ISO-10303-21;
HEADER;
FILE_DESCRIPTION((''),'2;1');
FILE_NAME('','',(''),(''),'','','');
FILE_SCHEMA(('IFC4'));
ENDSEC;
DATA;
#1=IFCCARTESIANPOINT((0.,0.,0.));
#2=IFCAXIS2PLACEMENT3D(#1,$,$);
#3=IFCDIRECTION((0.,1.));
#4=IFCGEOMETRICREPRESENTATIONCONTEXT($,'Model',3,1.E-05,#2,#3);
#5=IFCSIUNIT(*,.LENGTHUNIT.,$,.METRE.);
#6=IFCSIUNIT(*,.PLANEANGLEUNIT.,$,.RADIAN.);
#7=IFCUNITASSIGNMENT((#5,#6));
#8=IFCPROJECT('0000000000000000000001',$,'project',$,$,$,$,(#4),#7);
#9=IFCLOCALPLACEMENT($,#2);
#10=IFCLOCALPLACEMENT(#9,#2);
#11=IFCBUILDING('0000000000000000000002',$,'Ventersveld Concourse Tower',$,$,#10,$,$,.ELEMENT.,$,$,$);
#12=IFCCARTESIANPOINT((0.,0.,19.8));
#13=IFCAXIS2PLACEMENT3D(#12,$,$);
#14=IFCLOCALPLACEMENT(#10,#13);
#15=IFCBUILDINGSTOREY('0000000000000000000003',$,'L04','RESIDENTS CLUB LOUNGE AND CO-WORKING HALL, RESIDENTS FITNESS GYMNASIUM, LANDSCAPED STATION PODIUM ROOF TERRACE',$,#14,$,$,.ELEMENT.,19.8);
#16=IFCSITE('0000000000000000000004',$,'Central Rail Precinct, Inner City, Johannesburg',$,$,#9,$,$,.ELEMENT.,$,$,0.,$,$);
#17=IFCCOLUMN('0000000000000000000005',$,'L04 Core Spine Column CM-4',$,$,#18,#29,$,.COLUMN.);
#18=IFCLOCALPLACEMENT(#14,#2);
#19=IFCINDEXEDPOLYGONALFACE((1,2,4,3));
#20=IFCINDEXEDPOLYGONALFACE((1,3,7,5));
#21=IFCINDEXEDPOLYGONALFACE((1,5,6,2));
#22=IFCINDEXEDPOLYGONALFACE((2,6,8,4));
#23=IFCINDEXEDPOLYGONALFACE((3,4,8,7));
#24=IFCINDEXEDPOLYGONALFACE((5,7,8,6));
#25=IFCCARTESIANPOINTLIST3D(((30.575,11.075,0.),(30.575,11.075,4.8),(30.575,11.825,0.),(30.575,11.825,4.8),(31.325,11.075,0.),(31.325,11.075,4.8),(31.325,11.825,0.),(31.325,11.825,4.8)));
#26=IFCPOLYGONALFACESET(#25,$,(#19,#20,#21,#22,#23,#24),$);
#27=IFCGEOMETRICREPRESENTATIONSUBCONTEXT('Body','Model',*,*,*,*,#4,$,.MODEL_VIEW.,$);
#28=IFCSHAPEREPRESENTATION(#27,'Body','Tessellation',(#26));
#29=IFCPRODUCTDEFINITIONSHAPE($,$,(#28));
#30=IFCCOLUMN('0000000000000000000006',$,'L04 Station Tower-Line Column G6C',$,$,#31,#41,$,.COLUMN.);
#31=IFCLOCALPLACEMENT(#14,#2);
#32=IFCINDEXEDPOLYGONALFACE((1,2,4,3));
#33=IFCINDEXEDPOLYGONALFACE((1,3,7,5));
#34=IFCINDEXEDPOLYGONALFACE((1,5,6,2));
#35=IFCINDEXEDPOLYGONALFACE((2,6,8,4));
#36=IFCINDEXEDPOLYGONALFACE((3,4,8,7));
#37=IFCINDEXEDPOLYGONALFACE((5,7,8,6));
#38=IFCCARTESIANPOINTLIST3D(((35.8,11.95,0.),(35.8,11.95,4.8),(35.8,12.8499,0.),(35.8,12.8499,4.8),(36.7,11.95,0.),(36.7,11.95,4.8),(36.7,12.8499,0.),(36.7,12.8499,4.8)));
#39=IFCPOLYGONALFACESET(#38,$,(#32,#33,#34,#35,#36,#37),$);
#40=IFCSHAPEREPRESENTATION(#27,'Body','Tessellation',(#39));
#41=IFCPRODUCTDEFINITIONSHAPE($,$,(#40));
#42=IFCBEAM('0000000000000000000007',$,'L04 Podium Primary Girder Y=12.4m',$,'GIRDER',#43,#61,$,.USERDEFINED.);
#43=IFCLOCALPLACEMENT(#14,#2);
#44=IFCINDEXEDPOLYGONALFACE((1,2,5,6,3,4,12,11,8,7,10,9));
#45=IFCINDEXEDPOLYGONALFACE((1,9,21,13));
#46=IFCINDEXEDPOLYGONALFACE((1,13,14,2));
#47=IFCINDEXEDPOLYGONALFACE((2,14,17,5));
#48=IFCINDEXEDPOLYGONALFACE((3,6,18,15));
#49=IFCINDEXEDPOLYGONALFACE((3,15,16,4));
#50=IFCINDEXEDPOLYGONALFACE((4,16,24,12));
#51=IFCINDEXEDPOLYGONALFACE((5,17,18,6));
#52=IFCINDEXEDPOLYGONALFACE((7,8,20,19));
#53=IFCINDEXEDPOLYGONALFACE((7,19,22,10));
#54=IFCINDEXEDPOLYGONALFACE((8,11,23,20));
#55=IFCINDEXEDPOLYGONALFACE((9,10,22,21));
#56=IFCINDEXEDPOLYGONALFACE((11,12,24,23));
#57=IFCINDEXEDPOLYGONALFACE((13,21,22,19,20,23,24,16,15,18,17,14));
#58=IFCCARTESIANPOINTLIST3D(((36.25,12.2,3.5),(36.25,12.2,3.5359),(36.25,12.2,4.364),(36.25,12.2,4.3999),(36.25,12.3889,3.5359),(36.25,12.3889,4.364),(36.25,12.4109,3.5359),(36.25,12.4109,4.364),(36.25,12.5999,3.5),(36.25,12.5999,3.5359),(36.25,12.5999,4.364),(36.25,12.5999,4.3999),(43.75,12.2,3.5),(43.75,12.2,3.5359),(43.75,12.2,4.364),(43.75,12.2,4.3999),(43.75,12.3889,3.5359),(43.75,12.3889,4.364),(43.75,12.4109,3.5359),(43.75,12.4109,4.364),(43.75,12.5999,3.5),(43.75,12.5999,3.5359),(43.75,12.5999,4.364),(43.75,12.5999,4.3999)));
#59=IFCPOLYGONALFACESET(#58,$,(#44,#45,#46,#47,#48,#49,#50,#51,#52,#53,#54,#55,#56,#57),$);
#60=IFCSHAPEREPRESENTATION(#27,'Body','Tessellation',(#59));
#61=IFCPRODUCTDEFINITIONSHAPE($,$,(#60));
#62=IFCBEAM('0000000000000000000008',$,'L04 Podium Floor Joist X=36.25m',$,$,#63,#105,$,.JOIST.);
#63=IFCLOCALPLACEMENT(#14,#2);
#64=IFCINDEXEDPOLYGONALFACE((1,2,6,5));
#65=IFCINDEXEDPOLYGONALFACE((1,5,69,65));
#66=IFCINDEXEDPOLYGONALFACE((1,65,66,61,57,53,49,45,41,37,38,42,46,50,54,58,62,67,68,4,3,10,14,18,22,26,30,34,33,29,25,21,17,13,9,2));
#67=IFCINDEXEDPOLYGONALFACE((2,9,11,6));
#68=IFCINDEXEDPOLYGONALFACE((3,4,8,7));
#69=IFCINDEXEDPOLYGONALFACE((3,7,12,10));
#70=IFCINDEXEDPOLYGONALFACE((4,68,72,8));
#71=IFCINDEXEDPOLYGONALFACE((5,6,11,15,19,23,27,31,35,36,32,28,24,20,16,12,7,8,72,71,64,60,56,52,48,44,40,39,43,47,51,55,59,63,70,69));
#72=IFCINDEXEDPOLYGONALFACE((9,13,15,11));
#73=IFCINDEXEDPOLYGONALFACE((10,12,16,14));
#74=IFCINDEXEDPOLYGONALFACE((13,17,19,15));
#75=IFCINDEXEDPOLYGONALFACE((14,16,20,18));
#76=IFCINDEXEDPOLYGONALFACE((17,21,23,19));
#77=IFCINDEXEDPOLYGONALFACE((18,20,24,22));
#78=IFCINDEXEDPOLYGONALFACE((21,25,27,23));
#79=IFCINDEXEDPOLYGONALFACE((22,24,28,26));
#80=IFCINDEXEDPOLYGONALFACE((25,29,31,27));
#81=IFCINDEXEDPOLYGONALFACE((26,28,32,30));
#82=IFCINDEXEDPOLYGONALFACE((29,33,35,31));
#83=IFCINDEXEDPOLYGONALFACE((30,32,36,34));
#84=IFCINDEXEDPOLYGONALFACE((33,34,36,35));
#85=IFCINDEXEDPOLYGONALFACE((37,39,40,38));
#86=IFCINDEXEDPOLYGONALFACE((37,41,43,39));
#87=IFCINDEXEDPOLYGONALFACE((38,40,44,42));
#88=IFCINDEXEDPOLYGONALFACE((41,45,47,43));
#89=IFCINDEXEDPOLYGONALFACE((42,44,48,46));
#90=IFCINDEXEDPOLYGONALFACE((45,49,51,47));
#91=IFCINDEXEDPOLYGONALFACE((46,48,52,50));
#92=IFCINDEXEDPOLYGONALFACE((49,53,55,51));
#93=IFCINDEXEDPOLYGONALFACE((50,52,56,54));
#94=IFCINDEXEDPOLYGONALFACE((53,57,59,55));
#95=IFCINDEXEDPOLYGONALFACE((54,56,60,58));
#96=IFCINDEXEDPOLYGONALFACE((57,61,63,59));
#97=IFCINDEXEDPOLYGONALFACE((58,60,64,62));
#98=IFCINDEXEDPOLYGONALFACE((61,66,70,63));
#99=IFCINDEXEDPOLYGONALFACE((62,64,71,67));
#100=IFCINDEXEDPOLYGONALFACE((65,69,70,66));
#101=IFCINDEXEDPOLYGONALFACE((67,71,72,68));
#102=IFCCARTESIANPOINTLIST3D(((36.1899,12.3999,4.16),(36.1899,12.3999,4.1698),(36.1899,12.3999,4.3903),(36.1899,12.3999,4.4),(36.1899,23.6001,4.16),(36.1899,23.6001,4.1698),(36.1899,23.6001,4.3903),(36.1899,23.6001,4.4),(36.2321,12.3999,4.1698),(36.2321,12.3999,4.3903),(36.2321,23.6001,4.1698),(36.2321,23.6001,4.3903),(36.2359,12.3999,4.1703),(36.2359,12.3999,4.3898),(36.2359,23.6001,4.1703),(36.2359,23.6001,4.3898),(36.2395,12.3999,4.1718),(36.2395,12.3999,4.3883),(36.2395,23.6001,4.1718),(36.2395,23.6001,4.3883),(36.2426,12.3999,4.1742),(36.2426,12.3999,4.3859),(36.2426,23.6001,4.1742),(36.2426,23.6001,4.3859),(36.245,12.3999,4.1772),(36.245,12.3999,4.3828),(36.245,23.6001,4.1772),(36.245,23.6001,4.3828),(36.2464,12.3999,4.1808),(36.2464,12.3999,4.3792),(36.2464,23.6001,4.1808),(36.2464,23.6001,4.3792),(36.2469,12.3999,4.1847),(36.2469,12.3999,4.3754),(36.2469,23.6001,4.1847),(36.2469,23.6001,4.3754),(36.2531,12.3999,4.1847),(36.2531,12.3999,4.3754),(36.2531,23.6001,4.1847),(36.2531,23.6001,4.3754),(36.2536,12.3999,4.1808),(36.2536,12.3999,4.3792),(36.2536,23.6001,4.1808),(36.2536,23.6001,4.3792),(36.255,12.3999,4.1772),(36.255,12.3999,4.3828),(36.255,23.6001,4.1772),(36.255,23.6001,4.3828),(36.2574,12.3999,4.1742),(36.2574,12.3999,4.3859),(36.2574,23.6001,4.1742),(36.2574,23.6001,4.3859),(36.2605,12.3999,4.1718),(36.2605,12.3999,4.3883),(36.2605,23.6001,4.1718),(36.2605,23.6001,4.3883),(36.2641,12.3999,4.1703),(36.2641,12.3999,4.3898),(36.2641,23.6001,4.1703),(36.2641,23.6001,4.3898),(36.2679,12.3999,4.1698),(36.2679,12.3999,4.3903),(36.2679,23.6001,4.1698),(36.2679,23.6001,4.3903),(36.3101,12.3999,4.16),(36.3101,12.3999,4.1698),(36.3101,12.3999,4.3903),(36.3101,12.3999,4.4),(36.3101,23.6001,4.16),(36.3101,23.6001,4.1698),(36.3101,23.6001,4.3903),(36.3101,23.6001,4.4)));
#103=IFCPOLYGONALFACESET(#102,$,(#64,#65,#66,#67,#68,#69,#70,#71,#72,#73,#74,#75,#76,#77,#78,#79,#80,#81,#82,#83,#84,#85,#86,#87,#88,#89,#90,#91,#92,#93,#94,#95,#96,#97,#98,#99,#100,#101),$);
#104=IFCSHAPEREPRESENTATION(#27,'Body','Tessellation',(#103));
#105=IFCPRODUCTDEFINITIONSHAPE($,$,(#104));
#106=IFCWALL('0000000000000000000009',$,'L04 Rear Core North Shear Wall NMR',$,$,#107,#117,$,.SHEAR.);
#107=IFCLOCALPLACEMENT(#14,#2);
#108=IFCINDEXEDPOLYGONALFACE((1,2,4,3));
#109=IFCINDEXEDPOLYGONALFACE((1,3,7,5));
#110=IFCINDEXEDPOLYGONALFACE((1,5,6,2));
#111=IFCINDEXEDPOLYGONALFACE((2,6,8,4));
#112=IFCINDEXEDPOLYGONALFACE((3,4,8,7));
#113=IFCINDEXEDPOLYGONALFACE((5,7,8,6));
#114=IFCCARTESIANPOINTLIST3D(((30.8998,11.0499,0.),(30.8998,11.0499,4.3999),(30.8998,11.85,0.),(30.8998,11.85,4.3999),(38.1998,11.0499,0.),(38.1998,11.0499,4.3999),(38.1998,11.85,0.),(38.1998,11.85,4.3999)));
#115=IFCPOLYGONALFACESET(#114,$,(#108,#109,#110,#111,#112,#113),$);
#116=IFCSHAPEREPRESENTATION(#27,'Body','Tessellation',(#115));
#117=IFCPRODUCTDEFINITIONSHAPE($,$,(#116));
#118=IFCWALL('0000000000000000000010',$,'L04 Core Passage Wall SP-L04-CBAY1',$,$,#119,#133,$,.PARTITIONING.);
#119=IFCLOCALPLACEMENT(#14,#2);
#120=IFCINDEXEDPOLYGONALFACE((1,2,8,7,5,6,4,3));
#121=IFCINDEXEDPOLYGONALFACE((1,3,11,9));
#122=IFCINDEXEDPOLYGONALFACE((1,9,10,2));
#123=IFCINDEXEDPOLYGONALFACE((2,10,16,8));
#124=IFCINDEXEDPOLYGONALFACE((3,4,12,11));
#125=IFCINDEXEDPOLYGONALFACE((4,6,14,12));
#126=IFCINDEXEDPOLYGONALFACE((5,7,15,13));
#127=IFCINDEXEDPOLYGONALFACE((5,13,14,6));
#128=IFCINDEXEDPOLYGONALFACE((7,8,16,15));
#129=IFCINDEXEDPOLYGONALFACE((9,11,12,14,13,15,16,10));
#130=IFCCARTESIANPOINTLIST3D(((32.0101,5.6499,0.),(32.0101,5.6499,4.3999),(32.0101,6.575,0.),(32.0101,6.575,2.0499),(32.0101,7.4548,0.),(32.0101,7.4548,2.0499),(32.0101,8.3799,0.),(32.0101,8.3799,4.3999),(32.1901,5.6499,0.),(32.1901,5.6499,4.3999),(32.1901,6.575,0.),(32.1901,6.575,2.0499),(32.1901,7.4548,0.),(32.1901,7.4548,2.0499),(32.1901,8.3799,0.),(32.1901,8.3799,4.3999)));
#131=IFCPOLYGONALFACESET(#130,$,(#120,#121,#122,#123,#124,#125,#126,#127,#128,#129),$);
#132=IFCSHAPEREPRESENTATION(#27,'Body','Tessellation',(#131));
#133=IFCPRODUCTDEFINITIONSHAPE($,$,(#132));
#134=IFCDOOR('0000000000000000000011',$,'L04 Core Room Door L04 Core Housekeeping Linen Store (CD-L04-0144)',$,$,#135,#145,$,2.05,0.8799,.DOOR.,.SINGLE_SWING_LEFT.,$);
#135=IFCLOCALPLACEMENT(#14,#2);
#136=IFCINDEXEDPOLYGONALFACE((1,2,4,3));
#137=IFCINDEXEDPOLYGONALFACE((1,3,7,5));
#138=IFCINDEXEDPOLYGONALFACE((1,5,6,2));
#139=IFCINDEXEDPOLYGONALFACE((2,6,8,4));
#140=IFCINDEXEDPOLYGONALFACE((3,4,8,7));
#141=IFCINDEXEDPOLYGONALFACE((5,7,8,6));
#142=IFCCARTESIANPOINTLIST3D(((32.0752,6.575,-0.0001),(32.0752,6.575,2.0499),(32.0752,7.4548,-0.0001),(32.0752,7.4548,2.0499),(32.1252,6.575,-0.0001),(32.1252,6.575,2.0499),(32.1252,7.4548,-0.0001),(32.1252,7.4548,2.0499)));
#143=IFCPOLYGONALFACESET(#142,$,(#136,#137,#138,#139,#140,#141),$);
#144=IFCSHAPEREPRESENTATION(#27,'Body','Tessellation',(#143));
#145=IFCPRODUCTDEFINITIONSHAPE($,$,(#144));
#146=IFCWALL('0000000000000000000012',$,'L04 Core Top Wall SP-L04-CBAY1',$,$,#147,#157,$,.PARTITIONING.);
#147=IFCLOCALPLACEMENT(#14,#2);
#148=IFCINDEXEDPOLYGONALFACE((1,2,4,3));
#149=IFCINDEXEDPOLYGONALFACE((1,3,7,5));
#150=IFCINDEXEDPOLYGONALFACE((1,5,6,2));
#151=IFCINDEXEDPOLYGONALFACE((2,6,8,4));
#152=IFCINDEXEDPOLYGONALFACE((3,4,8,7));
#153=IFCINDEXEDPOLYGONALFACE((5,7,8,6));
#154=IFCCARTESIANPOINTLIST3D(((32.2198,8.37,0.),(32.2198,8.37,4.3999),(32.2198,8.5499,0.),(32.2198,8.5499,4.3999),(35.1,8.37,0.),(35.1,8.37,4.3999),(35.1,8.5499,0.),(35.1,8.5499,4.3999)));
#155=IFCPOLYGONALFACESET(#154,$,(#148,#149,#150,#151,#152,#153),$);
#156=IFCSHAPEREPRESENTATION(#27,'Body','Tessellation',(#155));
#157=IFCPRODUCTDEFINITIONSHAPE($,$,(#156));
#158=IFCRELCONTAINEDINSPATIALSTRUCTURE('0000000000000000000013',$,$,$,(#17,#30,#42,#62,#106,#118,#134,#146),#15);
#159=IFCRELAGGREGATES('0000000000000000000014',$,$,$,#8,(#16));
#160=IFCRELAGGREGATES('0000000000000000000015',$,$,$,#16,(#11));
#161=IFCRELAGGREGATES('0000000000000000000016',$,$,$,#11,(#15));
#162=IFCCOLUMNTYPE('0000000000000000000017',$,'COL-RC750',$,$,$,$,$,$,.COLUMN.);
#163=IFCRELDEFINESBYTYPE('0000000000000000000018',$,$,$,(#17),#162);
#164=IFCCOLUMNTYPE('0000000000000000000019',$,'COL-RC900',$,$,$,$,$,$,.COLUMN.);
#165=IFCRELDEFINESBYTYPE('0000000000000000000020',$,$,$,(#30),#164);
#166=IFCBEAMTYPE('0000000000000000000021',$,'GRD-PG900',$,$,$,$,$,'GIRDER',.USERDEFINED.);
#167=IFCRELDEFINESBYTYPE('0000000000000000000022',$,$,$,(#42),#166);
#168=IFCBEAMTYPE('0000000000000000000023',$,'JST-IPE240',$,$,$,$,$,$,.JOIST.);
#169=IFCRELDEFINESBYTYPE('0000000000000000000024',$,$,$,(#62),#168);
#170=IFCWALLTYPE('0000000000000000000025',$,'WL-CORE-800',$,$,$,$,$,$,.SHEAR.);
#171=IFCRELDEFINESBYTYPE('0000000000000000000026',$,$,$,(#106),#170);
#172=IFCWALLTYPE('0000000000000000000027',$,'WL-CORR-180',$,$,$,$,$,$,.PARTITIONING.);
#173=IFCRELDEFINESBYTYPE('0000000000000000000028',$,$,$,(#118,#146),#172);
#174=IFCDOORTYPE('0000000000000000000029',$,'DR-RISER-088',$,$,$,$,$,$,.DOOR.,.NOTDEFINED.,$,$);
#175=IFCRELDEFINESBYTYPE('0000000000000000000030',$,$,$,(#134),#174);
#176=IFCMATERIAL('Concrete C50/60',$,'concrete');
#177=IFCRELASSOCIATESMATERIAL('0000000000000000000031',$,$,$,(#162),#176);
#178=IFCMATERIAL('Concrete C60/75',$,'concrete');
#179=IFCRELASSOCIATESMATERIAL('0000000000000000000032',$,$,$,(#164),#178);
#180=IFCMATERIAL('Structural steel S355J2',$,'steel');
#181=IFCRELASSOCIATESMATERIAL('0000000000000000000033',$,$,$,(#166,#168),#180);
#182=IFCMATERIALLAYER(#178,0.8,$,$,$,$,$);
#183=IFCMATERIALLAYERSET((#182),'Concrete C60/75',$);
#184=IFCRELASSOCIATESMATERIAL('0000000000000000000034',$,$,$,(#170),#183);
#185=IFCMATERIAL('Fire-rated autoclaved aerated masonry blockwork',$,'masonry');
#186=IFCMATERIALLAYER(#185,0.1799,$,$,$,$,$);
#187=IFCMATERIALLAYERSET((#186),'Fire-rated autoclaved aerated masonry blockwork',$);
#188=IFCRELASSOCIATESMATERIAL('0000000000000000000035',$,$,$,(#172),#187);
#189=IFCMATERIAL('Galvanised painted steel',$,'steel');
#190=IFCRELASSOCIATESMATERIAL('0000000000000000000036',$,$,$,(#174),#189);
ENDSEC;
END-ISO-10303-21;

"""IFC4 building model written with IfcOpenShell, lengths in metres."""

from ifc_helpers import new_model, si_unit, direction, frame, frame_2d, origin, origin_2d, place, context, subcontext, project, spatial, rectangle, i_section, extrude, material, layer, layer_set, material_profile, profile_set, type_object, element, fill, save


model = new_model("IFC4")

# Units and contexts
model_context = context("Model", 3, precision=1e-05, world=origin(), true_north=direction((0.0, 1.0)))
body_context = subcontext(model_context, "Body", "Model", "MODEL_VIEW")
ifc_project = project(units=[si_unit("LENGTHUNIT", "METRE"), si_unit("PLANEANGLEUNIT", "RADIAN")], contexts=[model_context])

# Site, building, storey
site_placement = place(None, origin())
site = spatial("IfcSite", under=ifc_project, at=site_placement, Name="Central Rail Precinct, Inner City, Johannesburg", CompositionType="ELEMENT", RefElevation=0.0)
building_placement = place(site_placement, origin())
building = spatial("IfcBuilding", under=site, at=building_placement, Name="Ventersveld Concourse Tower", CompositionType="ELEMENT")
storey_placement = place(building_placement, frame((0.0, 0.0, 19.8)))
storey = spatial("IfcBuildingStorey", under=building, at=storey_placement, Name="L04", Description="RESIDENTS CLUB LOUNGE AND CO-WORKING HALL, RESIDENTS FITNESS GYMNASIUM, LANDSCAPED STATION PODIUM ROOF TERRACE", CompositionType="ELEMENT", Elevation=19.8)

# Columns
ifc_material_1 = material(Name="Concrete C50/60", Category="concrete")
ifc_material_profile_1 = material_profile(ifc_material_1, rectangle(XDim=0.75, YDim=0.75, at=origin_2d()), Name="RC 750x750")
ifc_profile_set_1 = profile_set([ifc_material_profile_1], Name="Concrete C50/60")
column_type_1 = type_object("IfcColumnType", Name="COL-RC750", PredefinedType="COLUMN", material=ifc_profile_set_1)
column_1_placement = place(storey_placement, frame((30.95, 11.45, 0.0), z_axis=(0.0, 0.0, 1.0), x_axis=(1.0, 0.0, 0.0)))
element("IfcColumn", 1, at=column_1_placement, inside=storey, type_object=column_type_1, Name="L04 Core Spine Column CM-4", PredefinedType="COLUMN", context=body_context, shape_type="SweptSolid", body=[
    extrude(rectangle(XDim=0.75, YDim=0.75, at=origin_2d()), origin(), (0.0, 0.0, 1.0), 4.8),
])
ifc_material_2 = material(Name="Concrete C60/75", Category="concrete")
ifc_material_profile_2 = material_profile(ifc_material_2, rectangle(XDim=0.8999, YDim=0.8999, at=origin_2d()), Name="RC 900x900")
ifc_profile_set_2 = profile_set([ifc_material_profile_2], Name="Concrete C60/75")
column_type_2 = type_object("IfcColumnType", Name="COL-RC900", PredefinedType="COLUMN", material=ifc_profile_set_2)
column_2_placement = place(storey_placement, frame((36.25, 12.3999, 0.0), z_axis=(0.0, 0.0, 1.0), x_axis=(1.0, 0.0, 0.0)))
element("IfcColumn", 2, at=column_2_placement, inside=storey, type_object=column_type_2, Name="L04 Station Tower-Line Column G6C", PredefinedType="COLUMN", context=body_context, shape_type="SweptSolid", body=[
    extrude(rectangle(XDim=0.8999, YDim=0.8999, at=origin_2d()), origin(), (0.0, 0.0, 1.0), 4.8),
])

# Beams
ifc_material_3 = material(Name="Structural steel S355J2", Category="steel")
ifc_material_profile_3 = material_profile(ifc_material_3, i_section(OverallWidth=0.3999, OverallDepth=0.8999, WebThickness=0.022, FlangeThickness=0.0359, at=origin_2d()), Name="PG 900x400x36")
ifc_profile_set_3 = profile_set([ifc_material_profile_3], Name="Structural steel S355J2")
beam_type_1 = type_object("IfcBeamType", Name="GRD-PG900", ElementType="GIRDER", PredefinedType="USERDEFINED", material=ifc_profile_set_3)
beam_1_placement = place(storey_placement, frame((36.25, 12.3999, 3.95), z_axis=(1.0, 0.0, 0.0), x_axis=(0.0, 1.0, 0.0)))
element("IfcBeam", 3, at=beam_1_placement, inside=storey, type_object=beam_type_1, Name="L04 Podium Primary Girder Y=12.4m", ObjectType="GIRDER", PredefinedType="USERDEFINED", context=body_context, shape_type="SweptSolid", body=[
    extrude(i_section(OverallWidth=0.3999, OverallDepth=0.8999, WebThickness=0.022, FlangeThickness=0.0359, at=origin_2d()), origin(), (0.0, 0.0, 1.0), 7.5),
])
ifc_material_profile_4 = material_profile(ifc_material_3, i_section(OverallWidth=0.1201, OverallDepth=0.24, WebThickness=0.0061, FlangeThickness=0.0098, FilletRadius=0.0149, at=origin_2d()), Name="IPE 240")
ifc_profile_set_4 = profile_set([ifc_material_profile_4], Name="Structural steel S355J2")
beam_type_2 = type_object("IfcBeamType", Name="JST-IPE240", PredefinedType="JOIST", material=ifc_profile_set_4)
beam_2_placement = place(storey_placement, frame((36.25, 12.3999, 4.28), z_axis=(0.0, 1.0, 0.0), x_axis=(-1.0, 0.0, 0.0)))
element("IfcBeam", 4, at=beam_2_placement, inside=storey, type_object=beam_type_2, Name="L04 Podium Floor Joist X=36.25m", PredefinedType="JOIST", context=body_context, shape_type="SweptSolid", body=[
    extrude(i_section(OverallWidth=0.1201, OverallDepth=0.24, WebThickness=0.0061, FlangeThickness=0.0098, FilletRadius=0.0149, at=origin_2d()), origin(), (0.0, 0.0, 1.0), 11.2002),
])

# Wall
ifc_layer_1 = layer(ifc_material_2, 0.8)
ifc_layer_set_1 = layer_set([ifc_layer_1], Name="Concrete C60/75")
wall_type_1 = type_object("IfcWallType", Name="WL-CORE-800", PredefinedType="SHEAR", material=ifc_layer_set_1)
wall_1_placement = place(storey_placement, frame((30.8999, 11.45, 0.0), z_axis=(0.0, 0.0, 1.0), x_axis=(1.0, 0.0, 0.0)))
element("IfcWall", 5, at=wall_1_placement, inside=storey, type_object=wall_type_1, Name="L04 Rear Core North Shear Wall NMR", PredefinedType="SHEAR", context=body_context, shape_type="SweptSolid", body=[
    extrude(rectangle(XDim=7.3, YDim=0.8, at=frame_2d((3.6499, 0.0))), origin(), (0.0, 0.0, 1.0), 4.3999),
])

# Wall, opening, door
ifc_material_4 = material(Name="Fire-rated autoclaved aerated masonry blockwork", Category="masonry")
ifc_layer_2 = layer(ifc_material_4, 0.1799)
ifc_layer_set_2 = layer_set([ifc_layer_2], Name="Fire-rated autoclaved aerated masonry blockwork")
wall_type_2 = type_object("IfcWallType", Name="WL-CORR-180", PredefinedType="PARTITIONING", material=ifc_layer_set_2)
wall_2_placement = place(storey_placement, frame((32.1001, 5.6499, 0.0), z_axis=(0.0, 0.0, 1.0), x_axis=(0.0, 1.0, 0.0)))
wall_2 = element("IfcWall", 6, at=wall_2_placement, inside=storey, type_object=wall_type_2, Name="L04 Core Passage Wall SP-L04-CBAY1", PredefinedType="PARTITIONING", context=body_context, shape_type="SweptSolid", body=[
    extrude(rectangle(XDim=2.73, YDim=0.1799, at=frame_2d((1.365, 0.0))), origin(), (0.0, 0.0, 1.0), 4.3999),
])
opening_1_placement = place(wall_2_placement, frame((0.925, 0.0, 0.0)))
opening_1 = element("IfcOpeningElement", 7, at=opening_1_placement, cuts=wall_2, PredefinedType="OPENING", context=body_context, shape_type="SweptSolid", body=[
    extrude(rectangle(XDim=0.8799, YDim=2.05, at=frame_2d((0.4399, 1.0249))), frame((0.0, 0.1001, 0.0), z_axis=(0.0, -1.0, 0.0), x_axis=(1.0, 0.0, 0.0)), (0.0, 0.0, 1.0), 0.2),
])
ifc_material_5 = material(Name="Galvanised painted steel", Category="steel")
door_type_1 = type_object("IfcDoorType", Name="DR-RISER-088", OperationType="NOTDEFINED", PredefinedType="DOOR", material=ifc_material_5)
door_1_placement = place(opening_1_placement, origin())
door_1 = element("IfcDoor", 8, at=door_1_placement, inside=storey, type_object=door_type_1, Name="L04 Core Room Door L04 Core Housekeeping Linen Store (CD-L04-0144)", OperationType="SINGLE_SWING_LEFT", OverallHeight=2.05, OverallWidth=0.8799, PredefinedType="DOOR", context=body_context, shape_type="SweptSolid", body=[
    extrude(rectangle(XDim=0.8799, YDim=2.05, at=frame_2d((0.4399, 1.0249))), frame((0.0, 0.0249, 0.0), z_axis=(0.0, -1.0, 0.0), x_axis=(1.0, 0.0, 0.0)), (0.0, 0.0, 1.0), 0.05),
])
fill(opening_1, door_1)

# Wall
wall_3_placement = place(storey_placement, frame((32.22, 8.46, 0.0), z_axis=(0.0, 0.0, 1.0), x_axis=(1.0, 0.0, 0.0)))
element("IfcWall", 9, at=wall_3_placement, inside=storey, type_object=wall_type_2, Name="L04 Core Top Wall SP-L04-CBAY1", PredefinedType="PARTITIONING", context=body_context, shape_type="SweptSolid", body=[
    extrude(rectangle(XDim=2.8801, YDim=0.1799, at=frame_2d((1.4399, 0.0))), origin(), (0.0, 0.0, 1.0), 4.3999),
])

save(model, "model.ifc")
